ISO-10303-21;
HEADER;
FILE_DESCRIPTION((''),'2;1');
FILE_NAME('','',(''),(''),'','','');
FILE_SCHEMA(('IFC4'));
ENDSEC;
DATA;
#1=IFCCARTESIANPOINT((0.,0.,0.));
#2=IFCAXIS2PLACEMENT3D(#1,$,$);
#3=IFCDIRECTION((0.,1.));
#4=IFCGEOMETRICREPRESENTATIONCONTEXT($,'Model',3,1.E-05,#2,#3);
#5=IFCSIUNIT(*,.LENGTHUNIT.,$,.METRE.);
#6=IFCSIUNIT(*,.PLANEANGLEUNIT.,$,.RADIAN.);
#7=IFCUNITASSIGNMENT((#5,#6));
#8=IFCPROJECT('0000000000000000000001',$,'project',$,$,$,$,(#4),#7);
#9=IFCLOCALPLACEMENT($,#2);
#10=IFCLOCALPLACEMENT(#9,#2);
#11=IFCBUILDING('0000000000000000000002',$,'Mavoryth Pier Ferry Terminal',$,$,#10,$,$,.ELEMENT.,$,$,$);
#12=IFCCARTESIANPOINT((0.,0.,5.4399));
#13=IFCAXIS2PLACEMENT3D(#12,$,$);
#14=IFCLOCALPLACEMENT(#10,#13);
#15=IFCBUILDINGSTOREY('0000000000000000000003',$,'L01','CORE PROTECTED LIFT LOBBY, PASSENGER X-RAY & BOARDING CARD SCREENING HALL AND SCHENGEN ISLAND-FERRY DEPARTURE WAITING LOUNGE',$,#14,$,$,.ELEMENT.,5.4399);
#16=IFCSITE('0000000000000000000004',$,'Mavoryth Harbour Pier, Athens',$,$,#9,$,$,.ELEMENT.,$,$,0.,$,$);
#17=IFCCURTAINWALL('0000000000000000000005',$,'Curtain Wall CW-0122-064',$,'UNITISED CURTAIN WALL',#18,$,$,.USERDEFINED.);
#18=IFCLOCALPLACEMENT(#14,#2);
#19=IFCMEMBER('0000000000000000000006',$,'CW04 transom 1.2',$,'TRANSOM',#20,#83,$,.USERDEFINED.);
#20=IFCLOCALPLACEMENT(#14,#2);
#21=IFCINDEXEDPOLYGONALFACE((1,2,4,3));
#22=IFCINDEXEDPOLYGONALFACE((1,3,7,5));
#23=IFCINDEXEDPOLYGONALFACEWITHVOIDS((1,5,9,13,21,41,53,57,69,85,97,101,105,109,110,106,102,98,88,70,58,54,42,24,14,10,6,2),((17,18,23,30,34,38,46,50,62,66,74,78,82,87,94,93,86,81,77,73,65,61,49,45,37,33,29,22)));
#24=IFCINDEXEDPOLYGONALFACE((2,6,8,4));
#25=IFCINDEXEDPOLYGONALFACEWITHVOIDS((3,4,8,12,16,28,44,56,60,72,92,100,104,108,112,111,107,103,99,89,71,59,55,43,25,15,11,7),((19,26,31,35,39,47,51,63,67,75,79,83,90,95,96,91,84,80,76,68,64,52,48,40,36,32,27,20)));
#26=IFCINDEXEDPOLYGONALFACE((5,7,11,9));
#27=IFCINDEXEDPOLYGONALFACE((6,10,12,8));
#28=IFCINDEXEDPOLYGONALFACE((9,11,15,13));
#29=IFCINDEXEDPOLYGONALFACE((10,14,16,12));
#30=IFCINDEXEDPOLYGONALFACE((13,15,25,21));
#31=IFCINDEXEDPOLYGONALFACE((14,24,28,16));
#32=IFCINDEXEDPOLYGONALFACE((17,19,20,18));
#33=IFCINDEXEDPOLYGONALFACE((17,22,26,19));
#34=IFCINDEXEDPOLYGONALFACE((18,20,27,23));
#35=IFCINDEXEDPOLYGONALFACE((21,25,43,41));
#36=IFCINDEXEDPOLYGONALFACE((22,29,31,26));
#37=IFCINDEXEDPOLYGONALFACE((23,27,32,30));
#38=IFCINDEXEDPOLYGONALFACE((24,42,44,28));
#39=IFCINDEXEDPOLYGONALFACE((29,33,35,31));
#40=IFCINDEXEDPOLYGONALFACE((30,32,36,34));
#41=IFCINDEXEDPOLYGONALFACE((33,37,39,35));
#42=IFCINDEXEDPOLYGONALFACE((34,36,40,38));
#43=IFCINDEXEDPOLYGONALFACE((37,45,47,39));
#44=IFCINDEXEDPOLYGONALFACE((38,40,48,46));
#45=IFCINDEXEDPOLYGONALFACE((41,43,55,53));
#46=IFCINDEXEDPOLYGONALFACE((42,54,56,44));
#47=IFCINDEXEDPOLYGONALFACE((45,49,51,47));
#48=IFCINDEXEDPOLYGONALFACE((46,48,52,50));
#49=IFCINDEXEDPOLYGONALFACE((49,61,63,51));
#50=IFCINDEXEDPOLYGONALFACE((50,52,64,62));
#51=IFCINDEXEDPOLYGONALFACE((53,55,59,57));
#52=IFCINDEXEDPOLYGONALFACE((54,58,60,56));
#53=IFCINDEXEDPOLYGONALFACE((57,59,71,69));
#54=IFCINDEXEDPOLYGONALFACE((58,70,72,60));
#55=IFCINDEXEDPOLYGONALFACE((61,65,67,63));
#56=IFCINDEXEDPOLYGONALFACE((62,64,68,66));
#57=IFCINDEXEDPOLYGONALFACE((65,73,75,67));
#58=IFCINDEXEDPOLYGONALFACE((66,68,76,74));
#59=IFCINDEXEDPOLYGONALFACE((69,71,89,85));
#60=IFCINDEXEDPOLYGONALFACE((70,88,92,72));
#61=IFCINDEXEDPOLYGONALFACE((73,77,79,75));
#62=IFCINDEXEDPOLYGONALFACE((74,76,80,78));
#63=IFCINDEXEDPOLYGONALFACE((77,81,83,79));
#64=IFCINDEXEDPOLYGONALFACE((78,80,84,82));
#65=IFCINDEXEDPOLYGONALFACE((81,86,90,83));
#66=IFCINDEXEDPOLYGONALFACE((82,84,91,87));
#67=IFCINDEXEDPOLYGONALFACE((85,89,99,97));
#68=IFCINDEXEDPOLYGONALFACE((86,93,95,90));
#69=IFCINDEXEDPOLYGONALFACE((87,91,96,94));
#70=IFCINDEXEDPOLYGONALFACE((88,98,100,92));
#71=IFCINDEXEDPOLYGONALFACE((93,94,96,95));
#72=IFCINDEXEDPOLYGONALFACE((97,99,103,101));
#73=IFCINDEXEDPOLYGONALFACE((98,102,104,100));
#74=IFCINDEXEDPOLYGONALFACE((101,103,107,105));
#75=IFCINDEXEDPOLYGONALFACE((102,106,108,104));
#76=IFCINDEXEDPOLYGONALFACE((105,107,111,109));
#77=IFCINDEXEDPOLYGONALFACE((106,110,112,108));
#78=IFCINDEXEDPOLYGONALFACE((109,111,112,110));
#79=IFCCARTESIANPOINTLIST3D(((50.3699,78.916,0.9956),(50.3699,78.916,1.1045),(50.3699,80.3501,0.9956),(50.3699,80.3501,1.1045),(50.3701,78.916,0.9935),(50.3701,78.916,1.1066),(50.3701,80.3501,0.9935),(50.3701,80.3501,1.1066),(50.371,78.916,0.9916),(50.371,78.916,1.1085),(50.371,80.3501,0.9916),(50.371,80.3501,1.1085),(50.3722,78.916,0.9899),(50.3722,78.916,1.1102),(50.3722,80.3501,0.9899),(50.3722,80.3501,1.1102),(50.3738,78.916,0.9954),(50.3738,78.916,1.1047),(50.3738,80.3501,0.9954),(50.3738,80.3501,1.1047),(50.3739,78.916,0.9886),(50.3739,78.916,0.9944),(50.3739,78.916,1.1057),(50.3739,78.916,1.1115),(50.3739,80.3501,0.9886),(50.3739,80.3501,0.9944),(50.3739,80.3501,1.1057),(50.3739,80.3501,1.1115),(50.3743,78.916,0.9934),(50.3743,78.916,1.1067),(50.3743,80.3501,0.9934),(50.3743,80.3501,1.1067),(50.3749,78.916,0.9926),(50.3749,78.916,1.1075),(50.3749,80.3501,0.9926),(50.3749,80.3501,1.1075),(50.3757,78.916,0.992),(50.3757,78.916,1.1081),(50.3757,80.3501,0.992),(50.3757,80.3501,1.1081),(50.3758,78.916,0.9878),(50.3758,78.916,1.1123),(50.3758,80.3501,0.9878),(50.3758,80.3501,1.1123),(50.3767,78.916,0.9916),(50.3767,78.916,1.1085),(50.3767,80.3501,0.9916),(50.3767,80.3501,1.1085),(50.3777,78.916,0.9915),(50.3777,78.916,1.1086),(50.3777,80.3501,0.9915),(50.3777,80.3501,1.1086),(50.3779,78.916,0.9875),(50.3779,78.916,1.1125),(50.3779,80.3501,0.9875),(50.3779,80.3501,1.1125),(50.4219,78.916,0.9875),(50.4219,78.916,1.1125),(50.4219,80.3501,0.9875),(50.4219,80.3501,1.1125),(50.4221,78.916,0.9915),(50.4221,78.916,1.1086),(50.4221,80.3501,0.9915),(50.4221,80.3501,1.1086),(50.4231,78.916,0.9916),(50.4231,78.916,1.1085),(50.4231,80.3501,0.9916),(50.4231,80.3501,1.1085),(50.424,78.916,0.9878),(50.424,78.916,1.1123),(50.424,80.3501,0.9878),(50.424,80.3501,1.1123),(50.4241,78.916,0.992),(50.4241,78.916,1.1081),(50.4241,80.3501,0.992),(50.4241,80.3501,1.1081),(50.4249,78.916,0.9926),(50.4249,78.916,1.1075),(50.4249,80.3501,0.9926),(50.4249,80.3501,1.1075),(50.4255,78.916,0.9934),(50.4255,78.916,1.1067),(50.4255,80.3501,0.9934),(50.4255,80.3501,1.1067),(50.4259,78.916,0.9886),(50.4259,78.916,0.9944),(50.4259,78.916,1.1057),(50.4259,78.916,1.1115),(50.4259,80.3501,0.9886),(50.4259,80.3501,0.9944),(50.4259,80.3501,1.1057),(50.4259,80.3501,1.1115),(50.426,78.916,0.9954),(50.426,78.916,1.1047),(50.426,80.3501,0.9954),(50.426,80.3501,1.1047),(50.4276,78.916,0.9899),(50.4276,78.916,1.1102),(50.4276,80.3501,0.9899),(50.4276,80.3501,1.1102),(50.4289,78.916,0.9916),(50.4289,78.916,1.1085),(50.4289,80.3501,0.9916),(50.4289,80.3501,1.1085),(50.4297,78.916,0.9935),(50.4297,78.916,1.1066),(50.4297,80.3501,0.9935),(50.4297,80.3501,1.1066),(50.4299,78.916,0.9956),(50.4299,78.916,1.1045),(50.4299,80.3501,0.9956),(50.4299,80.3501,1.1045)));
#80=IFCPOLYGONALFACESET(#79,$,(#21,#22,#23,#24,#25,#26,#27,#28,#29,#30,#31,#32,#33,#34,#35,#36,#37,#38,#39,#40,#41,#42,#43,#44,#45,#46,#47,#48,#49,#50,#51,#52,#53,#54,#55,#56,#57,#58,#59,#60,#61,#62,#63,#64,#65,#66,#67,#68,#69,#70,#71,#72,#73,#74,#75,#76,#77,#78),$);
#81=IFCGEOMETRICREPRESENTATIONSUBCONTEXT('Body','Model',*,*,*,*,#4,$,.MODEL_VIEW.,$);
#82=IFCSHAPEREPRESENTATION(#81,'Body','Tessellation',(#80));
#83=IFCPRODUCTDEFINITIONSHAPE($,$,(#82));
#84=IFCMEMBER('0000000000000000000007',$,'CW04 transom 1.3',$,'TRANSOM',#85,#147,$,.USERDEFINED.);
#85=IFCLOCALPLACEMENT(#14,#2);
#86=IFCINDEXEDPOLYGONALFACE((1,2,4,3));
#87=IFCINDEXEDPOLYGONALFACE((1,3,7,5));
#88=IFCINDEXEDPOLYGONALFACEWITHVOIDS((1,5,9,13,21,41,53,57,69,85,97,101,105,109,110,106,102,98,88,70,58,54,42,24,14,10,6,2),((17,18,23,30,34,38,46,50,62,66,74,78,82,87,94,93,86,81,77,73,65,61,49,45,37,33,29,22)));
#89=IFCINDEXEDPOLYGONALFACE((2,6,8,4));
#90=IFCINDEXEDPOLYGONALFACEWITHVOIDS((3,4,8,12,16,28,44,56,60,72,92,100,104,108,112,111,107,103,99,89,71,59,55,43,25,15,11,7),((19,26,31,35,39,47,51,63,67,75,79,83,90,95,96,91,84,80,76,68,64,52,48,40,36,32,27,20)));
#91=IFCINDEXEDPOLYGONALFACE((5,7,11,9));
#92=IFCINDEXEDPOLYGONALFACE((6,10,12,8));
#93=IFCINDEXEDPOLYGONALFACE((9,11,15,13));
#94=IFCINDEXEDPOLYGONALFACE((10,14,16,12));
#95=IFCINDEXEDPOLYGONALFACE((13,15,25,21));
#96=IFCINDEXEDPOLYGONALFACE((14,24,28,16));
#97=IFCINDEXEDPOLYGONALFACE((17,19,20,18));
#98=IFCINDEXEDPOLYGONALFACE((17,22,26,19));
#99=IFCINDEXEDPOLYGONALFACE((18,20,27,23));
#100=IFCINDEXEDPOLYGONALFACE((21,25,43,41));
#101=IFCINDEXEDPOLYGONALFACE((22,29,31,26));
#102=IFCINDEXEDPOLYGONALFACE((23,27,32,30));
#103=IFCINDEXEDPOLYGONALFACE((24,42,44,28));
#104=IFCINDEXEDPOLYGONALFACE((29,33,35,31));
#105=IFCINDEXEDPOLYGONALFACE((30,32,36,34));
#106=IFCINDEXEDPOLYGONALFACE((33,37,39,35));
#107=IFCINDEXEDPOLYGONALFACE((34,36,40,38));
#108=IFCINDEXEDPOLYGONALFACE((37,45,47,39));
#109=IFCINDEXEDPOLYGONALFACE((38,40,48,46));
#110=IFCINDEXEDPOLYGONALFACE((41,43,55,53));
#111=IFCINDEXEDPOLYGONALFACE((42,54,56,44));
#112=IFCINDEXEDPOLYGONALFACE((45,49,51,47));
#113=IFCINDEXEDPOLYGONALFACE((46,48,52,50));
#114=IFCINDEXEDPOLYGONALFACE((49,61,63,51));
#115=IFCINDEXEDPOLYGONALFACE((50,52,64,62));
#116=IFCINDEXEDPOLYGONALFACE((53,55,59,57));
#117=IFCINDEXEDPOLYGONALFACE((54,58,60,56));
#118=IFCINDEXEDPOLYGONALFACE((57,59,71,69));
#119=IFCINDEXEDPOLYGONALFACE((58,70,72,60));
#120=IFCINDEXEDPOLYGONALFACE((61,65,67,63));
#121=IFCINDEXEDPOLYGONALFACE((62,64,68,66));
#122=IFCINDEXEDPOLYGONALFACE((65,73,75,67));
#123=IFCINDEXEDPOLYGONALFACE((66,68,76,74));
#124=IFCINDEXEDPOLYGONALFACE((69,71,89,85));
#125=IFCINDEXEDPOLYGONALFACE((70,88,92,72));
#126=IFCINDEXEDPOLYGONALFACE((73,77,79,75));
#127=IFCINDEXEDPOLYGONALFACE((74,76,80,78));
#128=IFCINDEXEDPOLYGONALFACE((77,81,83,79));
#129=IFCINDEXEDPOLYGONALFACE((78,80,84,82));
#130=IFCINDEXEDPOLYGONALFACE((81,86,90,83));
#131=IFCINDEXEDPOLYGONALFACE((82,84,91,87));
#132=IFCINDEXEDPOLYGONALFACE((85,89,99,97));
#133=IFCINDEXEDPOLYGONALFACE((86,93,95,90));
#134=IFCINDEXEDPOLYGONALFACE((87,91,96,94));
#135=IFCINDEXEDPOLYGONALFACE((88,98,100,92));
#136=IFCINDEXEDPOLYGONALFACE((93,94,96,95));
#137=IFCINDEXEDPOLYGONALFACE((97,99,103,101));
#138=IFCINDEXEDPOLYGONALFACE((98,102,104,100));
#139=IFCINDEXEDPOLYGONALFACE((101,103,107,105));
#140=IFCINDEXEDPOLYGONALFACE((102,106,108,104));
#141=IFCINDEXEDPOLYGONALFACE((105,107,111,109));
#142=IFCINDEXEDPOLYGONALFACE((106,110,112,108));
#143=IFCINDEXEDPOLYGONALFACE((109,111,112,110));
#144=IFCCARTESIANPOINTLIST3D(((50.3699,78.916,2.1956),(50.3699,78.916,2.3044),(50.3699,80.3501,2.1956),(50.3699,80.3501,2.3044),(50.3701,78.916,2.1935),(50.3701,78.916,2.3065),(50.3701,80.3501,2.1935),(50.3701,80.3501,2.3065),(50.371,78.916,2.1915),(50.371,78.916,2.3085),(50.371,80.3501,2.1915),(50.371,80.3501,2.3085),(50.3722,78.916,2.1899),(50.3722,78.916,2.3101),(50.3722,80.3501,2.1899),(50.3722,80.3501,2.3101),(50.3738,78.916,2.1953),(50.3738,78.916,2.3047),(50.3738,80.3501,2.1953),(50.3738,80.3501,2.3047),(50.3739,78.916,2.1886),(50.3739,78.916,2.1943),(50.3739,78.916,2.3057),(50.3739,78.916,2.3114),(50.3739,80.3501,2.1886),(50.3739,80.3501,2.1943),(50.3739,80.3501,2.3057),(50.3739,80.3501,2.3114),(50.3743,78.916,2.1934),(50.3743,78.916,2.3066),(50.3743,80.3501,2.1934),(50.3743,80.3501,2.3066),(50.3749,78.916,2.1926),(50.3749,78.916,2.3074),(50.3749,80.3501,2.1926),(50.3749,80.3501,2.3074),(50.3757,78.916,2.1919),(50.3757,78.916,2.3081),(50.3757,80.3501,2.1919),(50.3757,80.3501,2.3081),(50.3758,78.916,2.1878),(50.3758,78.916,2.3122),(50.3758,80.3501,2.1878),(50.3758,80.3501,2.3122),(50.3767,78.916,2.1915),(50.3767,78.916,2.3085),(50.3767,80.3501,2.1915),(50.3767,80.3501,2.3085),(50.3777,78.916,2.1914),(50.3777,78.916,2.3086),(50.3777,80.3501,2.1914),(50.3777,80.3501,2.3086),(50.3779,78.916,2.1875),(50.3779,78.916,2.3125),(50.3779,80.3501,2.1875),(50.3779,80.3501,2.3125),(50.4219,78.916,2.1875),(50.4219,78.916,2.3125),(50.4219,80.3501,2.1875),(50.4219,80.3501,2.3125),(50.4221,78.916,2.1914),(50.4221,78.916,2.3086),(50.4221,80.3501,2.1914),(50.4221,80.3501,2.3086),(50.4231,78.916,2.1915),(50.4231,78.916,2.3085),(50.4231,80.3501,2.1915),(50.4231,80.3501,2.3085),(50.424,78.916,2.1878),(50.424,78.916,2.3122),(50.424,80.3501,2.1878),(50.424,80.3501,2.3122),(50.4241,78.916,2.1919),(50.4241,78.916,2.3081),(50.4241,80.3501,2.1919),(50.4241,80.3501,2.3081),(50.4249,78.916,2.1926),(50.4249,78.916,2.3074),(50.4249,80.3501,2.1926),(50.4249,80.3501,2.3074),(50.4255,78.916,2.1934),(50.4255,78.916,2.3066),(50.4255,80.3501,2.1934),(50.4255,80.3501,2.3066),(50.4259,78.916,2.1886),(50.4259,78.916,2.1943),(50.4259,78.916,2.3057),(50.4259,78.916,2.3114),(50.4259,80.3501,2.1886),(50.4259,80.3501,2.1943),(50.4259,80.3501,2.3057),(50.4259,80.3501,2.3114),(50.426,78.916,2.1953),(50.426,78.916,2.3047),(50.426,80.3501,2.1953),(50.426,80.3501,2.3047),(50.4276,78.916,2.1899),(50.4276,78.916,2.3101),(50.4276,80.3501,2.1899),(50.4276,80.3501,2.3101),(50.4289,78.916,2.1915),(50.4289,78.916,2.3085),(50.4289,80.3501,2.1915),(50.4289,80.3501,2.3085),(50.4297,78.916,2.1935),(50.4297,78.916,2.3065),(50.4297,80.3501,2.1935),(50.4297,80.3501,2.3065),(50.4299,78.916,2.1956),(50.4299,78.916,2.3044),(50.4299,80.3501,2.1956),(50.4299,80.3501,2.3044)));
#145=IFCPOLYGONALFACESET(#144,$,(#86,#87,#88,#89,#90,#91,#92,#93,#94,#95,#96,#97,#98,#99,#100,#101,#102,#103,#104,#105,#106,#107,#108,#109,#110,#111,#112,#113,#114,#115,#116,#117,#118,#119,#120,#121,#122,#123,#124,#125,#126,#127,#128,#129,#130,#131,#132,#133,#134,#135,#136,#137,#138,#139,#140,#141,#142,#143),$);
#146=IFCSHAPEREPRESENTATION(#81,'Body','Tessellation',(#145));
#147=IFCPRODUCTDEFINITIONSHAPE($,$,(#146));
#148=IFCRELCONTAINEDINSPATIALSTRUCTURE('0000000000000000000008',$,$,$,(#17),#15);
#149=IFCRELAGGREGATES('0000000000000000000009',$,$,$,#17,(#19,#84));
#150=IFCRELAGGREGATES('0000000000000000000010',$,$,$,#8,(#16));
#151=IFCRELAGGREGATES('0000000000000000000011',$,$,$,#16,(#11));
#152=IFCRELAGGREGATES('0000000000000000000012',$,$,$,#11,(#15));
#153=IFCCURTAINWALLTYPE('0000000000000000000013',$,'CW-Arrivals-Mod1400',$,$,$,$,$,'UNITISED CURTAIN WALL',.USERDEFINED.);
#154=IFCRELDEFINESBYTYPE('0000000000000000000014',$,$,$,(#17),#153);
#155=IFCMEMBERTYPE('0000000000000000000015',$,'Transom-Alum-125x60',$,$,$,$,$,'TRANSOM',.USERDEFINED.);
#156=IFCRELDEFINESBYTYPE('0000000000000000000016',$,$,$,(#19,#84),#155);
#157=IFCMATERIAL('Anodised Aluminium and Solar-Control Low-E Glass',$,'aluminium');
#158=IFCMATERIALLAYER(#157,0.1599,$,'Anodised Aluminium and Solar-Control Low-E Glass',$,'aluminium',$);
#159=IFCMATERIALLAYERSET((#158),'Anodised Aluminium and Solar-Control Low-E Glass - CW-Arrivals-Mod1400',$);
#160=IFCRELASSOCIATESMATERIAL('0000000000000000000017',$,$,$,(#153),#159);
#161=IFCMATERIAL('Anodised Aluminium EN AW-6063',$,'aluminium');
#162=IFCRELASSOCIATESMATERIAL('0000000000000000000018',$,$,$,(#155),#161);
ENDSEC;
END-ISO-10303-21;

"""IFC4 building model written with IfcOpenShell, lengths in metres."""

from ifc_helpers import new_model, si_unit, direction, frame, origin, origin_2d, place, context, subcontext, project, spatial, hollow_rectangle, extrude, material, layer, layer_set, material_profile, profile_set, type_object, element, aggregate, save


model = new_model("IFC4")

# Units and contexts
model_context = context("Model", 3, precision=1e-05, world=origin(), true_north=direction((0.0, 1.0)))
body_context = subcontext(model_context, "Body", "Model", "MODEL_VIEW")
ifc_project = project(units=[si_unit("LENGTHUNIT", "METRE"), si_unit("PLANEANGLEUNIT", "RADIAN")], contexts=[model_context])

# Site, building, storey
site_placement = place(None, origin())
site = spatial("IfcSite", under=ifc_project, at=site_placement, Name="Mavoryth Harbour Pier, Athens", CompositionType="ELEMENT", RefElevation=0.0)
building_placement = place(site_placement, origin())
building = spatial("IfcBuilding", under=site, at=building_placement, Name="Mavoryth Pier Ferry Terminal", CompositionType="ELEMENT")
storey_placement = place(building_placement, frame((0.0, 0.0, 5.4399)))
storey = spatial("IfcBuildingStorey", under=building, at=storey_placement, Name="L01", Description="CORE PROTECTED LIFT LOBBY, PASSENGER X-RAY & BOARDING CARD SCREENING HALL AND SCHENGEN ISLAND-FERRY DEPARTURE WAITING LOUNGE", CompositionType="ELEMENT", Elevation=5.4399)

# Curtain wall
ifc_material_1 = material(Name="Anodised Aluminium and Solar-Control Low-E Glass", Category="aluminium")
ifc_layer_1 = layer(ifc_material_1, 0.1599, Name="Anodised Aluminium and Solar-Control Low-E Glass", Category="aluminium")
ifc_layer_set_1 = layer_set([ifc_layer_1], Name="Anodised Aluminium and Solar-Control Low-E Glass - CW-Arrivals-Mod1400")
curtain_wall_type = type_object("IfcCurtainWallType", Name="CW-Arrivals-Mod1400", ElementType="UNITISED CURTAIN WALL", PredefinedType="USERDEFINED", material=ifc_layer_set_1)
curtain_wall_1_placement = place(storey_placement, origin())
curtain_wall_1 = element("IfcCurtainWall", 1, at=curtain_wall_1_placement, inside=storey, type_object=curtain_wall_type, Name="Curtain Wall CW-0122-064", ObjectType="UNITISED CURTAIN WALL", PredefinedType="USERDEFINED")
ifc_material_2 = material(Name="Anodised Aluminium EN AW-6063", Category="aluminium")

# Members
ifc_material_profile_1 = material_profile(ifc_material_2, hollow_rectangle(XDim=0.0601, YDim=0.125, WallThickness=0.0039, InnerFilletRadius=0.0039, OuterFilletRadius=0.0081, at=origin_2d()), Name="AL-TRAN 125x60x4", Category="aluminium")
ifc_profile_set_1 = profile_set([ifc_material_profile_1], Name="Anodised Aluminium EN AW-6063 - AL-TRAN 125x60x4")
member_type_1 = type_object("IfcMemberType", Name="Transom-Alum-125x60", ElementType="TRANSOM", PredefinedType="USERDEFINED", material=ifc_profile_set_1)
member_1_placement = place(storey_placement, frame((50.3999, 80.3501, 1.05), z_axis=(0.0, -1.0, 0.0), x_axis=(1.0, 0.0, 0.0)))
member_1 = element("IfcMember", 2, at=member_1_placement, type_object=member_type_1, Name="CW04 transom 1.2", ObjectType="TRANSOM", PredefinedType="USERDEFINED", context=body_context, shape_type="SweptSolid", body=[
    extrude(hollow_rectangle(XDim=0.0601, YDim=0.125, WallThickness=0.0039, InnerFilletRadius=0.0039, OuterFilletRadius=0.0081, at=origin_2d()), origin(), (0.0, 0.0, 1.0), 1.4341),
])
member_2_placement = place(storey_placement, frame((50.3999, 80.3501, 2.25), z_axis=(0.0, -1.0, 0.0), x_axis=(1.0, 0.0, 0.0)))
member_2 = element("IfcMember", 3, at=member_2_placement, type_object=member_type_1, Name="CW04 transom 1.3", ObjectType="TRANSOM", PredefinedType="USERDEFINED", context=body_context, shape_type="SweptSolid", body=[
    extrude(hollow_rectangle(XDim=0.0601, YDim=0.125, WallThickness=0.0039, InnerFilletRadius=0.0039, OuterFilletRadius=0.0081, at=origin_2d()), origin(), (0.0, 0.0, 1.0), 1.4341),
])

aggregate(curtain_wall_1, [member_1, member_2])

save(model, "model.ifc")
